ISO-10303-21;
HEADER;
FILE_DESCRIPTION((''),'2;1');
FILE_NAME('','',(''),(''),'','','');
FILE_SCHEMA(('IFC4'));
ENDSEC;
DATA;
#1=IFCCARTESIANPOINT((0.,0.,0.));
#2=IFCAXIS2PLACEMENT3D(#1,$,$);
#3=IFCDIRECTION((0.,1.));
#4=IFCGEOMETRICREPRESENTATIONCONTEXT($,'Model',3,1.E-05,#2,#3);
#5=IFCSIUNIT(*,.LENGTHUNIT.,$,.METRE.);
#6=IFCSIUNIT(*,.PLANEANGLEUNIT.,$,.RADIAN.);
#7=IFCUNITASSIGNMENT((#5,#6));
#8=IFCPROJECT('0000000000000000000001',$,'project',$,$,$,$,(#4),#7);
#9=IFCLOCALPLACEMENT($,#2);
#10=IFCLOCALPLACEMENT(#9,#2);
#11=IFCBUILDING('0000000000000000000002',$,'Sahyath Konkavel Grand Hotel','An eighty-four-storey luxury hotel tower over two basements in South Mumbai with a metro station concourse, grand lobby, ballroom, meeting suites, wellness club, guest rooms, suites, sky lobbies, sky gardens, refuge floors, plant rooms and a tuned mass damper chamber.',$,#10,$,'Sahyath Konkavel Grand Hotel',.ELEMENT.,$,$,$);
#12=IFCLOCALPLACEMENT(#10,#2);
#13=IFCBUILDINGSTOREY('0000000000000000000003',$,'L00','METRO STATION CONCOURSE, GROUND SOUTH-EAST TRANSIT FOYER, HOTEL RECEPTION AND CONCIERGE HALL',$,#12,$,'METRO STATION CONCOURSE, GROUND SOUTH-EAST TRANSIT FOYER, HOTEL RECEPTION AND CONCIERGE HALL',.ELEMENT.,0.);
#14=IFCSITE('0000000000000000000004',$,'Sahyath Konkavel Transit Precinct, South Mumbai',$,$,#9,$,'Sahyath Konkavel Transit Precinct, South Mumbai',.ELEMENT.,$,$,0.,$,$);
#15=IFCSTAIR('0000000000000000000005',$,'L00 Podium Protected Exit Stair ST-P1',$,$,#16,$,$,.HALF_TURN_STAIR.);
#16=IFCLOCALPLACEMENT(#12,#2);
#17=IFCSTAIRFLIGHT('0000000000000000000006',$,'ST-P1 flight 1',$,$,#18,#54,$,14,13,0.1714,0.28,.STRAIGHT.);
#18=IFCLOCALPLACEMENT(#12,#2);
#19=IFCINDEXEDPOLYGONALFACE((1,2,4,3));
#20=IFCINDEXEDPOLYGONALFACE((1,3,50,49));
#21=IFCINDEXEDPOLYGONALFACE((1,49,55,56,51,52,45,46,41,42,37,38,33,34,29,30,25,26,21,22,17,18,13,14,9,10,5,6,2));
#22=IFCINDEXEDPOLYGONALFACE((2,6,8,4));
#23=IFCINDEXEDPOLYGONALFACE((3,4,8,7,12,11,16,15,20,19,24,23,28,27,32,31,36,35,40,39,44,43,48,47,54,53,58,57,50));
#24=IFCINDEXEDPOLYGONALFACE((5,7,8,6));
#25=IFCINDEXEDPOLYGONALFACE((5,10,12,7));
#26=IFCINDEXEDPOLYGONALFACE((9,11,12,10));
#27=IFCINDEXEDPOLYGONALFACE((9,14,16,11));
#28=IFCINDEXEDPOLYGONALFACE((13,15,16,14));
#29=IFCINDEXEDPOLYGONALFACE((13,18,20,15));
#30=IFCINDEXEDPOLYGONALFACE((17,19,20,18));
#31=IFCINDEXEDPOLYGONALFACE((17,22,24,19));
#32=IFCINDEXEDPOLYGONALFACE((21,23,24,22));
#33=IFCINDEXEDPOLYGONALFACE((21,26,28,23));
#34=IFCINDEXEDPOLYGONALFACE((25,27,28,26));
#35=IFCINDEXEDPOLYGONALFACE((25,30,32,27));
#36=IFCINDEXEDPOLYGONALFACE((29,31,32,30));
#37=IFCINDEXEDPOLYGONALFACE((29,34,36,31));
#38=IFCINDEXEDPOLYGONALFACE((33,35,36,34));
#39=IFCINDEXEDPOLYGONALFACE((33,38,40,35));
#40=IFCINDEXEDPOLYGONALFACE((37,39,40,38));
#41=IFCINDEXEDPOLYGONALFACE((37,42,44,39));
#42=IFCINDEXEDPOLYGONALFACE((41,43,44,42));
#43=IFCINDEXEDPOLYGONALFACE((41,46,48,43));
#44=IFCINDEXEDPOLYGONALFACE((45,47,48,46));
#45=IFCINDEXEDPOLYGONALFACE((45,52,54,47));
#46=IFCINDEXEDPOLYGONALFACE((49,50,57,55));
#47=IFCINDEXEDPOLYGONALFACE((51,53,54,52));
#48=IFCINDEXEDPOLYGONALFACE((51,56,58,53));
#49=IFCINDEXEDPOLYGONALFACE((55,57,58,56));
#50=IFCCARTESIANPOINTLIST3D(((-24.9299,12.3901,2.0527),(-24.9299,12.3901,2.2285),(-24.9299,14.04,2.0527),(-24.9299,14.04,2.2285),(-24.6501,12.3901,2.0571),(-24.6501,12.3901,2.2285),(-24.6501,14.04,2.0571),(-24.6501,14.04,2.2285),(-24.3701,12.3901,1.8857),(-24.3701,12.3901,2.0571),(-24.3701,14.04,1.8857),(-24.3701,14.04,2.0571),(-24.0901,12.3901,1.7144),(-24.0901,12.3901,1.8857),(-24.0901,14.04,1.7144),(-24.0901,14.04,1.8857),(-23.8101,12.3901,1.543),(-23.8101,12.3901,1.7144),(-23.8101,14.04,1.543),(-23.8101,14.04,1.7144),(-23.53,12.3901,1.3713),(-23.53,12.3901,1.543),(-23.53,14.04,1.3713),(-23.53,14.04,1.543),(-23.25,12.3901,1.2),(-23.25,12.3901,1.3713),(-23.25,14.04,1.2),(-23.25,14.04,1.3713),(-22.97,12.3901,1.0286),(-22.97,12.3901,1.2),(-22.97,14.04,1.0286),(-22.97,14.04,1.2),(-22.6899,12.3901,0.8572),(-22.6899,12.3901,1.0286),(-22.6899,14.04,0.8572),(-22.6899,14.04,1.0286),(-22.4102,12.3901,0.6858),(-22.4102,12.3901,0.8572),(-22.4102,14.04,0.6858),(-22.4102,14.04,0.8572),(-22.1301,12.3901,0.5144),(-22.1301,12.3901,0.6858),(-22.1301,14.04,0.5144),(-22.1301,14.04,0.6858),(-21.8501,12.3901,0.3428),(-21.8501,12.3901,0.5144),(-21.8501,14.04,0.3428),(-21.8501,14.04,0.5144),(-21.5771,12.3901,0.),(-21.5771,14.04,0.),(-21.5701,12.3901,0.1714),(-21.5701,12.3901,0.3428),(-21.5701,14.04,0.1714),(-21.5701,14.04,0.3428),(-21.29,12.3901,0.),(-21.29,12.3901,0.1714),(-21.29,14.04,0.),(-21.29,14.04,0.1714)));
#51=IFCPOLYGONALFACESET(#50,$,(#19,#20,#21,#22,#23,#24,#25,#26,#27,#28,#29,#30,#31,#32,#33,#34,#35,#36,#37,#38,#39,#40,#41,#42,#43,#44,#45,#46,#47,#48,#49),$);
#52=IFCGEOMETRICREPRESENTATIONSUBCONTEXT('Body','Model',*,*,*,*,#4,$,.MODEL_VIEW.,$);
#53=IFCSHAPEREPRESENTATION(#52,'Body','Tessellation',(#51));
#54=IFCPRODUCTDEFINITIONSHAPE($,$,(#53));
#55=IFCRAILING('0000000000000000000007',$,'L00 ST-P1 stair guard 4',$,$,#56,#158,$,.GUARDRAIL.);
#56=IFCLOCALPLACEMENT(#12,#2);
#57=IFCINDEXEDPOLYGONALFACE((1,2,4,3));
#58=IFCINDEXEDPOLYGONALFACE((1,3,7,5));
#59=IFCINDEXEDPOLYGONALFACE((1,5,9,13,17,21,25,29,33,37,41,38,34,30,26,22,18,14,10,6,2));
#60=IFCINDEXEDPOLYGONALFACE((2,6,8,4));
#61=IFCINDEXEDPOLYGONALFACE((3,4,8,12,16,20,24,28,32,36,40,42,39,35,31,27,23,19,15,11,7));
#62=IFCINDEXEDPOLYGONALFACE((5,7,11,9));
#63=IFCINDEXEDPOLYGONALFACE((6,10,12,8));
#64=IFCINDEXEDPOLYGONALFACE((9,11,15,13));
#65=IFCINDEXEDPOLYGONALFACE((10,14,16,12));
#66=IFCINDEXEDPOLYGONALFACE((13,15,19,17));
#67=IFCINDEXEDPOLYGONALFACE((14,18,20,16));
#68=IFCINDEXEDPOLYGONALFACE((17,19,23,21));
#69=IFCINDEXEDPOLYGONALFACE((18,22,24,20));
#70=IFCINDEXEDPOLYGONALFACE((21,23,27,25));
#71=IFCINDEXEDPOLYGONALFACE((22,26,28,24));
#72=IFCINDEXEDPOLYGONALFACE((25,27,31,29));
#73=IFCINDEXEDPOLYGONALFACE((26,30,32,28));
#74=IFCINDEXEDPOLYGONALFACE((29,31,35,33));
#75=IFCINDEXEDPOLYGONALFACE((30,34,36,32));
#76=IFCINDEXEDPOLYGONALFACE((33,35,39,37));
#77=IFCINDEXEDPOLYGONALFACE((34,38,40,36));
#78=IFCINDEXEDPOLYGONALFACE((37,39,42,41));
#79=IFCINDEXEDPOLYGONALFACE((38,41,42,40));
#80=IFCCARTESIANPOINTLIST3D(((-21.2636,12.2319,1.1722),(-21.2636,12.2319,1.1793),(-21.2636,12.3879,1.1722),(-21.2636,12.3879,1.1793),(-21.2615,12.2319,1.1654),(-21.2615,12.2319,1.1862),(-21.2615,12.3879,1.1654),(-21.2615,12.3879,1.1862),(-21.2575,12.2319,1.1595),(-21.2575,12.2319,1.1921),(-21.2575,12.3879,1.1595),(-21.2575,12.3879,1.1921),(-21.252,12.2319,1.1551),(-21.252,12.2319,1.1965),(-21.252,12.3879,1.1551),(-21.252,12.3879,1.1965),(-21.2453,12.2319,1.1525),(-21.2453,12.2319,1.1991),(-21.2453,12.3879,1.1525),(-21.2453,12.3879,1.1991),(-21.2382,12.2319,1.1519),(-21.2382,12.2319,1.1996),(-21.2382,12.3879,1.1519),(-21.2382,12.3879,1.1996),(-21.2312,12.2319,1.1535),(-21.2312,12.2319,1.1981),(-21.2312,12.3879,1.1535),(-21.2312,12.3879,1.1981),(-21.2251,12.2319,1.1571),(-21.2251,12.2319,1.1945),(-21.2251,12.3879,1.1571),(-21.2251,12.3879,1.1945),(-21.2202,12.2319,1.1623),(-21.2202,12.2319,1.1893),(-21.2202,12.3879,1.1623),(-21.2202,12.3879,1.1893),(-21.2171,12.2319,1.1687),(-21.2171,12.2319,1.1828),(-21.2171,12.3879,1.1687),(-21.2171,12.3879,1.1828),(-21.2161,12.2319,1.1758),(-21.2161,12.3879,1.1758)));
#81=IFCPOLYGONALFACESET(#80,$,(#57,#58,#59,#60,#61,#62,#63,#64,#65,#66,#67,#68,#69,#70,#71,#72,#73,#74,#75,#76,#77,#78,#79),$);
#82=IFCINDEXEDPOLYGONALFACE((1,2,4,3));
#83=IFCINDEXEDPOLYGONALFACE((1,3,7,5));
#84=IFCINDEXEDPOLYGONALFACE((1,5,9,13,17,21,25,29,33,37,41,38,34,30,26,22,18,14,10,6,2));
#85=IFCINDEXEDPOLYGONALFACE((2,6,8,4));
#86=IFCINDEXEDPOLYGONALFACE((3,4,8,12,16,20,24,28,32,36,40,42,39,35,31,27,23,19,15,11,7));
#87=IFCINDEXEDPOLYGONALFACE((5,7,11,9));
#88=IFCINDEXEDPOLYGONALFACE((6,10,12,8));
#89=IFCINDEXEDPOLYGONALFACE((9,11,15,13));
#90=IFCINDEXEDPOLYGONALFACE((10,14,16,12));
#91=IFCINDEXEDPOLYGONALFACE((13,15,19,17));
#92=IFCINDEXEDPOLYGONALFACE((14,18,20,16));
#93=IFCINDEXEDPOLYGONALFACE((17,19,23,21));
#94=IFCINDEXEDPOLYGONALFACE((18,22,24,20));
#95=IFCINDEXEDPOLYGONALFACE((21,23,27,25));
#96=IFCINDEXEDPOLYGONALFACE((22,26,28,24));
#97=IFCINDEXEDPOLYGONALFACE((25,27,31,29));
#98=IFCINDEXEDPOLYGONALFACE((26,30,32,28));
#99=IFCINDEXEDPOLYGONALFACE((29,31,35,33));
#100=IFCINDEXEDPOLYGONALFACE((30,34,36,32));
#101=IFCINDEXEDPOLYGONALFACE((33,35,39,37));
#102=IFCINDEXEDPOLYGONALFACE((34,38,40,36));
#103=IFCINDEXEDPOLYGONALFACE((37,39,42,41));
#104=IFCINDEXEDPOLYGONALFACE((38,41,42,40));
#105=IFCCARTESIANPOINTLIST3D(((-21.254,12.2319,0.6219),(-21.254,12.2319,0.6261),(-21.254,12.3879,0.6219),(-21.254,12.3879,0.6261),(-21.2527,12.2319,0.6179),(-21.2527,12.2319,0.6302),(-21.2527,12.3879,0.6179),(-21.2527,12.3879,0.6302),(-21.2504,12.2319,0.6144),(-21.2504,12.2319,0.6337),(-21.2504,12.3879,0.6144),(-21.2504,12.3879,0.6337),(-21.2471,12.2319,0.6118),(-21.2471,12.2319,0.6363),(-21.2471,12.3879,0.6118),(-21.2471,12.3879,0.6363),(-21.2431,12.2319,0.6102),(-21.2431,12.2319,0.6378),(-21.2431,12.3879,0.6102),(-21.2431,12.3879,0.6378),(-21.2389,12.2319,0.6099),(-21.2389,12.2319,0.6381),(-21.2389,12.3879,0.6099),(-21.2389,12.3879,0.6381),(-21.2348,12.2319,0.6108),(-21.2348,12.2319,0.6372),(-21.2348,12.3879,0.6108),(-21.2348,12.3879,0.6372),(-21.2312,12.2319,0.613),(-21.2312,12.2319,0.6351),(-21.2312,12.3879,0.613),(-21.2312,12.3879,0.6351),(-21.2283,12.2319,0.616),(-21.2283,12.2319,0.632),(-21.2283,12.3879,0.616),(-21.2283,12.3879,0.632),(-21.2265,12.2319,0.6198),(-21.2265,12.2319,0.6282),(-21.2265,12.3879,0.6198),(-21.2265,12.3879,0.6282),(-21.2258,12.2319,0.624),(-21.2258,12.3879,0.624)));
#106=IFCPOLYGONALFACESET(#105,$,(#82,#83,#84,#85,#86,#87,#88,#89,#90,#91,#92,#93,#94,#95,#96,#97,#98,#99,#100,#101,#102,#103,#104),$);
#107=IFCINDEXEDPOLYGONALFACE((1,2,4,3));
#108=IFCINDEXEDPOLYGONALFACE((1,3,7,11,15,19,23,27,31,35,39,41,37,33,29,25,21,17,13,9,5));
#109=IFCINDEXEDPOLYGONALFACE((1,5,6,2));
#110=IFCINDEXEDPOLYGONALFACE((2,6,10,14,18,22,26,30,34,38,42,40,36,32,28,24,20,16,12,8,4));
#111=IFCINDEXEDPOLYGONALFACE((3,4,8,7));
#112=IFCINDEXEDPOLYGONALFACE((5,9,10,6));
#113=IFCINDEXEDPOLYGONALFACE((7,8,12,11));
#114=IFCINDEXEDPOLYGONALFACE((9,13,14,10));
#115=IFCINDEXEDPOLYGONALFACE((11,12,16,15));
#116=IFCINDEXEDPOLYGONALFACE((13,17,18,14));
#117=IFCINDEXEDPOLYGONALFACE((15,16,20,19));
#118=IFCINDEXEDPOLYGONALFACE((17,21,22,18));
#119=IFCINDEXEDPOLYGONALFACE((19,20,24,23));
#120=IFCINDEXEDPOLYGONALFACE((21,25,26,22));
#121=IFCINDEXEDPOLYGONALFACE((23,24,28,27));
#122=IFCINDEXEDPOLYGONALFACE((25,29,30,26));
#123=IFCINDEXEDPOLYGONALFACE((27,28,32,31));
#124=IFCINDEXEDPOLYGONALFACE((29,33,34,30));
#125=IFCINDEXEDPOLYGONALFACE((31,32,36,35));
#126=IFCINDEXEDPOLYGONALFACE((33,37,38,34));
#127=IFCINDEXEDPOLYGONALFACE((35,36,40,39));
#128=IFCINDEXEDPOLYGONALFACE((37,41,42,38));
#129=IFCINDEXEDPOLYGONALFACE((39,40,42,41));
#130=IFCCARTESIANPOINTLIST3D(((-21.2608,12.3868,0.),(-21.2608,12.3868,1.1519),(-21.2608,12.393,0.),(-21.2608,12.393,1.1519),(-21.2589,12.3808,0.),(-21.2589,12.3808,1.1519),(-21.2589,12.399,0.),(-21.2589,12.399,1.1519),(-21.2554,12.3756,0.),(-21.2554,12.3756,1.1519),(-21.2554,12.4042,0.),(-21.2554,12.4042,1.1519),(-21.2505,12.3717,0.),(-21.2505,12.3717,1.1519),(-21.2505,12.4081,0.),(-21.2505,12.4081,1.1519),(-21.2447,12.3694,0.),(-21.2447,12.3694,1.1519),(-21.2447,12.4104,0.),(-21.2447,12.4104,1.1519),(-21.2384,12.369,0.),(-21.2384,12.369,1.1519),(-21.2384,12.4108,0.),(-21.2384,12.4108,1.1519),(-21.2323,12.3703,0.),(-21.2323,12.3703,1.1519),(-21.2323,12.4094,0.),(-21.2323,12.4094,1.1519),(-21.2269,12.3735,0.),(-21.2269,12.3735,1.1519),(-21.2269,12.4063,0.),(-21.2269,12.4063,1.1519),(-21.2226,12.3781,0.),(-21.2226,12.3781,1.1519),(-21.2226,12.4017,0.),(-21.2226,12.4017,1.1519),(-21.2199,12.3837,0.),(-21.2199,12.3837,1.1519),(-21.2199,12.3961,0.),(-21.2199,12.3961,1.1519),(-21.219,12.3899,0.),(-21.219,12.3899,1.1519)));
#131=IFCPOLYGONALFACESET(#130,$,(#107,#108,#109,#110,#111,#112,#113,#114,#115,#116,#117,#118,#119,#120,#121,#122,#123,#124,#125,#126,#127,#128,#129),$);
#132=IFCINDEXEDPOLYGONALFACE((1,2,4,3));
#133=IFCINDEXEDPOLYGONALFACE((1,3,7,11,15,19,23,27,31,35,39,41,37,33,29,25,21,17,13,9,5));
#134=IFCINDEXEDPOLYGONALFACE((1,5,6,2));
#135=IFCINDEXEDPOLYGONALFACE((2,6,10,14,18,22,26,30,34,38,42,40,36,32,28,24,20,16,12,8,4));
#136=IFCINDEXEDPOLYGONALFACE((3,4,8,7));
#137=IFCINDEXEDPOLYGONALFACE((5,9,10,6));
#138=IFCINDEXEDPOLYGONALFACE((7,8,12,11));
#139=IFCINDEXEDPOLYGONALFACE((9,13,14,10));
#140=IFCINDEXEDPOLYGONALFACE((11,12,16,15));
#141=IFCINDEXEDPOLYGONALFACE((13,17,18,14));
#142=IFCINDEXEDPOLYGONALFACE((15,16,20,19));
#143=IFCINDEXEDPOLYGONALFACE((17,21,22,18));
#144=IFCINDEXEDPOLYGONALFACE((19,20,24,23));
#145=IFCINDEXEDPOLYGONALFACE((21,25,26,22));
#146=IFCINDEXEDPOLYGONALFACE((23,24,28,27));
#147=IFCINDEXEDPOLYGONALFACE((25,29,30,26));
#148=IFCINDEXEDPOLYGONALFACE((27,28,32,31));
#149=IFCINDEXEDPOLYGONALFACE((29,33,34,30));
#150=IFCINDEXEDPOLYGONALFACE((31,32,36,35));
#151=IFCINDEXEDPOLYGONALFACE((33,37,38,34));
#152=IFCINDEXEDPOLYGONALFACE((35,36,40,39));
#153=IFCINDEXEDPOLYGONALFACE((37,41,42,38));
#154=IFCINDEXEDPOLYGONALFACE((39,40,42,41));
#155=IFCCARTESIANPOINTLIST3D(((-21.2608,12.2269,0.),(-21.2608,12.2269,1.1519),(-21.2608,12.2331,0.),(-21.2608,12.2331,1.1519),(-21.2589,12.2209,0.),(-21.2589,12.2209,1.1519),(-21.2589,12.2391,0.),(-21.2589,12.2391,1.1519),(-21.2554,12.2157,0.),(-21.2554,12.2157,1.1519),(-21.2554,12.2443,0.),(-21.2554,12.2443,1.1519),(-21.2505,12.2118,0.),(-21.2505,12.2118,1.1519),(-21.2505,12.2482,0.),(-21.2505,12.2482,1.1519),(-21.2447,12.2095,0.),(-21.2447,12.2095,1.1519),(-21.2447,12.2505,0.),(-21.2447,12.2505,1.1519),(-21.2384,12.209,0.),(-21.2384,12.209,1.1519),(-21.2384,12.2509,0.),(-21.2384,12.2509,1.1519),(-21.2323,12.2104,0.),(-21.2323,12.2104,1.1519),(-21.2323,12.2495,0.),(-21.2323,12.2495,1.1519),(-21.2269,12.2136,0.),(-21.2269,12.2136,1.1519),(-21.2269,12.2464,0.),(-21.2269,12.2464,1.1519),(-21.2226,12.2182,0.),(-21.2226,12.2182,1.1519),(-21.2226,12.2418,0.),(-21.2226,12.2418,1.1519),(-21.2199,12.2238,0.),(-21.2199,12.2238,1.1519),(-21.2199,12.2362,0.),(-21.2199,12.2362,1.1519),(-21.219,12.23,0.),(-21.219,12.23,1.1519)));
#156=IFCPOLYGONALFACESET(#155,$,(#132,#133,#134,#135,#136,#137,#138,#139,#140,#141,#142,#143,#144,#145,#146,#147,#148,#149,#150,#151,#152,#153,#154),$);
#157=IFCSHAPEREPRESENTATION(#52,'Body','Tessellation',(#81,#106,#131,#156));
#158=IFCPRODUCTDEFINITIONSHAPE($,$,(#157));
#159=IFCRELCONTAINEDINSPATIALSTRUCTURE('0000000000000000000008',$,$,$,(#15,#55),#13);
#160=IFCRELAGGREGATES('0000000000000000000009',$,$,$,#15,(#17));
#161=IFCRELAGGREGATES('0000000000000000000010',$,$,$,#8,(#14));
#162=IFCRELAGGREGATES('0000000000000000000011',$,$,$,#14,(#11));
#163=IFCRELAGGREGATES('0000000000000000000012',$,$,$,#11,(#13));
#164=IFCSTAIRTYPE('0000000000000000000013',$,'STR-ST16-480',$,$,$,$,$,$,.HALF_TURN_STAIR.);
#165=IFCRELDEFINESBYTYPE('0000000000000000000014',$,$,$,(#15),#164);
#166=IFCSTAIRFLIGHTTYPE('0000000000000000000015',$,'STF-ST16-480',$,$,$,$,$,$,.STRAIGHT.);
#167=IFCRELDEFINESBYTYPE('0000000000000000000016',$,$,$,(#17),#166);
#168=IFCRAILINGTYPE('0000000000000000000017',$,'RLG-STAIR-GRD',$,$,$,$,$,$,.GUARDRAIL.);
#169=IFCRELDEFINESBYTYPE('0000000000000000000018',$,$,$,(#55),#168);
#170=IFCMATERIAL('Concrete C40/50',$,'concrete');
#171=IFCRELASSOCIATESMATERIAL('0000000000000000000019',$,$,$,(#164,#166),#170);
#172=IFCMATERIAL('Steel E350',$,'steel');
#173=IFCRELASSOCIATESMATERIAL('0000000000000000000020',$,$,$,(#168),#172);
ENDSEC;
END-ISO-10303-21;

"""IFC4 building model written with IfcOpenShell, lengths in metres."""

from ifc_helpers import new_model, si_unit, direction, frame, origin, origin_2d, place, context, subcontext, project, spatial, polyline, circle, outline, extrude, material, type_object, element, aggregate, save


model = new_model("IFC4")

# Units and contexts
model_context = context("Model", 3, precision=1e-05, world=origin(), true_north=direction((0.0, 1.0)))
body_context = subcontext(model_context, "Body", "Model", "MODEL_VIEW")
ifc_project = project(units=[si_unit("LENGTHUNIT", "METRE"), si_unit("PLANEANGLEUNIT", "RADIAN")], contexts=[model_context])

# Site, building, storey
site_placement = place(None, origin())
site = spatial("IfcSite", under=ifc_project, at=site_placement, Name="Sahyath Konkavel Transit Precinct, South Mumbai", LongName="Sahyath Konkavel Transit Precinct, South Mumbai", CompositionType="ELEMENT", RefElevation=0.0)
building_placement = place(site_placement, origin())
building = spatial("IfcBuilding", under=site, at=building_placement, Name="Sahyath Konkavel Grand Hotel", Description="An eighty-four-storey luxury hotel tower over two basements in South Mumbai with a metro station concourse, grand lobby, ballroom, meeting suites, wellness club, guest rooms, suites, sky lobbies, sky gardens, refuge floors, plant rooms and a tuned mass damper chamber.", LongName="Sahyath Konkavel Grand Hotel", CompositionType="ELEMENT")
storey_placement = place(building_placement, origin())
storey = spatial("IfcBuildingStorey", under=building, at=storey_placement, Name="L00", Description="METRO STATION CONCOURSE, GROUND SOUTH-EAST TRANSIT FOYER, HOTEL RECEPTION AND CONCIERGE HALL", LongName="METRO STATION CONCOURSE, GROUND SOUTH-EAST TRANSIT FOYER, HOTEL RECEPTION AND CONCIERGE HALL", CompositionType="ELEMENT", Elevation=0.0)

# Shared definitions
ifc_material_1 = material(Name="Steel E350", Category="steel")

# Shared definitions
ifc_material_2 = material(Name="Concrete C40/50", Category="concrete")

# Stair, stair flight
stair_type = type_object("IfcStairType", Name="STR-ST16-480", PredefinedType="HALF_TURN_STAIR", material=ifc_material_2)
stair_placement = place(storey_placement, origin())
stair = element("IfcStair", 1, at=stair_placement, inside=storey, type_object=stair_type, Name="L00 Podium Protected Exit Stair ST-P1", PredefinedType="HALF_TURN_STAIR")
stair_flight_type = type_object("IfcStairFlightType", Name="STF-ST16-480", PredefinedType="STRAIGHT", material=ifc_material_2)
stair_flight_placement = place(storey_placement, frame((-21.29, 13.2151, 0.0), z_axis=(0.0, 0.0, 1.0), x_axis=(-1.0, 0.0, 0.0)))
stair_flight = element("IfcStairFlight", 2, at=stair_flight_placement, type_object=stair_flight_type, Name="ST-P1 flight 1", NumberOfRisers=14, NumberOfTreads=13, PredefinedType="STRAIGHT", RiserHeight=0.1714, TreadLength=0.28, context=body_context, shape_type="SweptSolid", body=[
    extrude(outline(polyline([(0.0, 0.0), (0.0, 0.1714), (0.28, 0.1714), (0.28, 0.3428), (0.5601, 0.3428), (0.5601, 0.5144), (0.8401, 0.5144), (0.8401, 0.6858), (1.1201, 0.6858), (1.1201, 0.8572), (1.3999, 0.8572), (1.3999, 1.0286), (1.6799, 1.0286), (1.6799, 1.2), (1.96, 1.2), (1.96, 1.3713), (2.24, 1.3713), (2.24, 1.543), (2.52, 1.543), (2.52, 1.7144), (2.8, 1.7144), (2.8, 1.8857), (3.0801, 1.8857), (3.0801, 2.0571), (3.3601, 2.0571), (3.3601, 2.2285), (3.6399, 2.2285), (3.6399, 2.3999), (3.6399, 2.0527), (0.2871, 0.0), (0.0, 0.0)])), frame((0.0, 0.825, 0.0), z_axis=(0.0, -1.0, 0.0), x_axis=(1.0, 0.0, 0.0)), (0.0, 0.0, 1.0), 1.6499),
])
aggregate(stair, [stair_flight])

# Railing
railing_type_1 = type_object("IfcRailingType", Name="RLG-STAIR-GRD", PredefinedType="GUARDRAIL", material=ifc_material_1)
railing_1_placement = place(storey_placement, frame((-21.24, 12.3899, 0.0)))
element("IfcRailing", 3, at=railing_1_placement, inside=storey, type_object=railing_type_1, Name="L00 ST-P1 stair guard 4", PredefinedType="GUARDRAIL", context=body_context, shape_type="SweptSolid", body=[
    extrude(circle(Radius=0.0239, at=origin_2d()), frame((0.0, -0.002, 1.1758), z_axis=(0.0, -1.0, 0.0), x_axis=(1.0, 0.0, 0.0)), (0.0, 0.0, 1.0), 0.156),
    extrude(circle(Radius=0.0142, at=origin_2d()), frame((0.0, -0.002, 0.624), z_axis=(0.0, -1.0, 0.0), x_axis=(1.0, 0.0, 0.0)), (0.0, 0.0, 1.0), 0.156),
    extrude(circle(Radius=0.021, at=origin_2d()), origin(), (0.0, 0.0, 1.0), 1.1519),
    extrude(circle(Radius=0.021, at=origin_2d()), frame((0.0, -0.1599, 0.0)), (0.0, 0.0, 1.0), 1.1519),
])

save(model, "model.ifc")
